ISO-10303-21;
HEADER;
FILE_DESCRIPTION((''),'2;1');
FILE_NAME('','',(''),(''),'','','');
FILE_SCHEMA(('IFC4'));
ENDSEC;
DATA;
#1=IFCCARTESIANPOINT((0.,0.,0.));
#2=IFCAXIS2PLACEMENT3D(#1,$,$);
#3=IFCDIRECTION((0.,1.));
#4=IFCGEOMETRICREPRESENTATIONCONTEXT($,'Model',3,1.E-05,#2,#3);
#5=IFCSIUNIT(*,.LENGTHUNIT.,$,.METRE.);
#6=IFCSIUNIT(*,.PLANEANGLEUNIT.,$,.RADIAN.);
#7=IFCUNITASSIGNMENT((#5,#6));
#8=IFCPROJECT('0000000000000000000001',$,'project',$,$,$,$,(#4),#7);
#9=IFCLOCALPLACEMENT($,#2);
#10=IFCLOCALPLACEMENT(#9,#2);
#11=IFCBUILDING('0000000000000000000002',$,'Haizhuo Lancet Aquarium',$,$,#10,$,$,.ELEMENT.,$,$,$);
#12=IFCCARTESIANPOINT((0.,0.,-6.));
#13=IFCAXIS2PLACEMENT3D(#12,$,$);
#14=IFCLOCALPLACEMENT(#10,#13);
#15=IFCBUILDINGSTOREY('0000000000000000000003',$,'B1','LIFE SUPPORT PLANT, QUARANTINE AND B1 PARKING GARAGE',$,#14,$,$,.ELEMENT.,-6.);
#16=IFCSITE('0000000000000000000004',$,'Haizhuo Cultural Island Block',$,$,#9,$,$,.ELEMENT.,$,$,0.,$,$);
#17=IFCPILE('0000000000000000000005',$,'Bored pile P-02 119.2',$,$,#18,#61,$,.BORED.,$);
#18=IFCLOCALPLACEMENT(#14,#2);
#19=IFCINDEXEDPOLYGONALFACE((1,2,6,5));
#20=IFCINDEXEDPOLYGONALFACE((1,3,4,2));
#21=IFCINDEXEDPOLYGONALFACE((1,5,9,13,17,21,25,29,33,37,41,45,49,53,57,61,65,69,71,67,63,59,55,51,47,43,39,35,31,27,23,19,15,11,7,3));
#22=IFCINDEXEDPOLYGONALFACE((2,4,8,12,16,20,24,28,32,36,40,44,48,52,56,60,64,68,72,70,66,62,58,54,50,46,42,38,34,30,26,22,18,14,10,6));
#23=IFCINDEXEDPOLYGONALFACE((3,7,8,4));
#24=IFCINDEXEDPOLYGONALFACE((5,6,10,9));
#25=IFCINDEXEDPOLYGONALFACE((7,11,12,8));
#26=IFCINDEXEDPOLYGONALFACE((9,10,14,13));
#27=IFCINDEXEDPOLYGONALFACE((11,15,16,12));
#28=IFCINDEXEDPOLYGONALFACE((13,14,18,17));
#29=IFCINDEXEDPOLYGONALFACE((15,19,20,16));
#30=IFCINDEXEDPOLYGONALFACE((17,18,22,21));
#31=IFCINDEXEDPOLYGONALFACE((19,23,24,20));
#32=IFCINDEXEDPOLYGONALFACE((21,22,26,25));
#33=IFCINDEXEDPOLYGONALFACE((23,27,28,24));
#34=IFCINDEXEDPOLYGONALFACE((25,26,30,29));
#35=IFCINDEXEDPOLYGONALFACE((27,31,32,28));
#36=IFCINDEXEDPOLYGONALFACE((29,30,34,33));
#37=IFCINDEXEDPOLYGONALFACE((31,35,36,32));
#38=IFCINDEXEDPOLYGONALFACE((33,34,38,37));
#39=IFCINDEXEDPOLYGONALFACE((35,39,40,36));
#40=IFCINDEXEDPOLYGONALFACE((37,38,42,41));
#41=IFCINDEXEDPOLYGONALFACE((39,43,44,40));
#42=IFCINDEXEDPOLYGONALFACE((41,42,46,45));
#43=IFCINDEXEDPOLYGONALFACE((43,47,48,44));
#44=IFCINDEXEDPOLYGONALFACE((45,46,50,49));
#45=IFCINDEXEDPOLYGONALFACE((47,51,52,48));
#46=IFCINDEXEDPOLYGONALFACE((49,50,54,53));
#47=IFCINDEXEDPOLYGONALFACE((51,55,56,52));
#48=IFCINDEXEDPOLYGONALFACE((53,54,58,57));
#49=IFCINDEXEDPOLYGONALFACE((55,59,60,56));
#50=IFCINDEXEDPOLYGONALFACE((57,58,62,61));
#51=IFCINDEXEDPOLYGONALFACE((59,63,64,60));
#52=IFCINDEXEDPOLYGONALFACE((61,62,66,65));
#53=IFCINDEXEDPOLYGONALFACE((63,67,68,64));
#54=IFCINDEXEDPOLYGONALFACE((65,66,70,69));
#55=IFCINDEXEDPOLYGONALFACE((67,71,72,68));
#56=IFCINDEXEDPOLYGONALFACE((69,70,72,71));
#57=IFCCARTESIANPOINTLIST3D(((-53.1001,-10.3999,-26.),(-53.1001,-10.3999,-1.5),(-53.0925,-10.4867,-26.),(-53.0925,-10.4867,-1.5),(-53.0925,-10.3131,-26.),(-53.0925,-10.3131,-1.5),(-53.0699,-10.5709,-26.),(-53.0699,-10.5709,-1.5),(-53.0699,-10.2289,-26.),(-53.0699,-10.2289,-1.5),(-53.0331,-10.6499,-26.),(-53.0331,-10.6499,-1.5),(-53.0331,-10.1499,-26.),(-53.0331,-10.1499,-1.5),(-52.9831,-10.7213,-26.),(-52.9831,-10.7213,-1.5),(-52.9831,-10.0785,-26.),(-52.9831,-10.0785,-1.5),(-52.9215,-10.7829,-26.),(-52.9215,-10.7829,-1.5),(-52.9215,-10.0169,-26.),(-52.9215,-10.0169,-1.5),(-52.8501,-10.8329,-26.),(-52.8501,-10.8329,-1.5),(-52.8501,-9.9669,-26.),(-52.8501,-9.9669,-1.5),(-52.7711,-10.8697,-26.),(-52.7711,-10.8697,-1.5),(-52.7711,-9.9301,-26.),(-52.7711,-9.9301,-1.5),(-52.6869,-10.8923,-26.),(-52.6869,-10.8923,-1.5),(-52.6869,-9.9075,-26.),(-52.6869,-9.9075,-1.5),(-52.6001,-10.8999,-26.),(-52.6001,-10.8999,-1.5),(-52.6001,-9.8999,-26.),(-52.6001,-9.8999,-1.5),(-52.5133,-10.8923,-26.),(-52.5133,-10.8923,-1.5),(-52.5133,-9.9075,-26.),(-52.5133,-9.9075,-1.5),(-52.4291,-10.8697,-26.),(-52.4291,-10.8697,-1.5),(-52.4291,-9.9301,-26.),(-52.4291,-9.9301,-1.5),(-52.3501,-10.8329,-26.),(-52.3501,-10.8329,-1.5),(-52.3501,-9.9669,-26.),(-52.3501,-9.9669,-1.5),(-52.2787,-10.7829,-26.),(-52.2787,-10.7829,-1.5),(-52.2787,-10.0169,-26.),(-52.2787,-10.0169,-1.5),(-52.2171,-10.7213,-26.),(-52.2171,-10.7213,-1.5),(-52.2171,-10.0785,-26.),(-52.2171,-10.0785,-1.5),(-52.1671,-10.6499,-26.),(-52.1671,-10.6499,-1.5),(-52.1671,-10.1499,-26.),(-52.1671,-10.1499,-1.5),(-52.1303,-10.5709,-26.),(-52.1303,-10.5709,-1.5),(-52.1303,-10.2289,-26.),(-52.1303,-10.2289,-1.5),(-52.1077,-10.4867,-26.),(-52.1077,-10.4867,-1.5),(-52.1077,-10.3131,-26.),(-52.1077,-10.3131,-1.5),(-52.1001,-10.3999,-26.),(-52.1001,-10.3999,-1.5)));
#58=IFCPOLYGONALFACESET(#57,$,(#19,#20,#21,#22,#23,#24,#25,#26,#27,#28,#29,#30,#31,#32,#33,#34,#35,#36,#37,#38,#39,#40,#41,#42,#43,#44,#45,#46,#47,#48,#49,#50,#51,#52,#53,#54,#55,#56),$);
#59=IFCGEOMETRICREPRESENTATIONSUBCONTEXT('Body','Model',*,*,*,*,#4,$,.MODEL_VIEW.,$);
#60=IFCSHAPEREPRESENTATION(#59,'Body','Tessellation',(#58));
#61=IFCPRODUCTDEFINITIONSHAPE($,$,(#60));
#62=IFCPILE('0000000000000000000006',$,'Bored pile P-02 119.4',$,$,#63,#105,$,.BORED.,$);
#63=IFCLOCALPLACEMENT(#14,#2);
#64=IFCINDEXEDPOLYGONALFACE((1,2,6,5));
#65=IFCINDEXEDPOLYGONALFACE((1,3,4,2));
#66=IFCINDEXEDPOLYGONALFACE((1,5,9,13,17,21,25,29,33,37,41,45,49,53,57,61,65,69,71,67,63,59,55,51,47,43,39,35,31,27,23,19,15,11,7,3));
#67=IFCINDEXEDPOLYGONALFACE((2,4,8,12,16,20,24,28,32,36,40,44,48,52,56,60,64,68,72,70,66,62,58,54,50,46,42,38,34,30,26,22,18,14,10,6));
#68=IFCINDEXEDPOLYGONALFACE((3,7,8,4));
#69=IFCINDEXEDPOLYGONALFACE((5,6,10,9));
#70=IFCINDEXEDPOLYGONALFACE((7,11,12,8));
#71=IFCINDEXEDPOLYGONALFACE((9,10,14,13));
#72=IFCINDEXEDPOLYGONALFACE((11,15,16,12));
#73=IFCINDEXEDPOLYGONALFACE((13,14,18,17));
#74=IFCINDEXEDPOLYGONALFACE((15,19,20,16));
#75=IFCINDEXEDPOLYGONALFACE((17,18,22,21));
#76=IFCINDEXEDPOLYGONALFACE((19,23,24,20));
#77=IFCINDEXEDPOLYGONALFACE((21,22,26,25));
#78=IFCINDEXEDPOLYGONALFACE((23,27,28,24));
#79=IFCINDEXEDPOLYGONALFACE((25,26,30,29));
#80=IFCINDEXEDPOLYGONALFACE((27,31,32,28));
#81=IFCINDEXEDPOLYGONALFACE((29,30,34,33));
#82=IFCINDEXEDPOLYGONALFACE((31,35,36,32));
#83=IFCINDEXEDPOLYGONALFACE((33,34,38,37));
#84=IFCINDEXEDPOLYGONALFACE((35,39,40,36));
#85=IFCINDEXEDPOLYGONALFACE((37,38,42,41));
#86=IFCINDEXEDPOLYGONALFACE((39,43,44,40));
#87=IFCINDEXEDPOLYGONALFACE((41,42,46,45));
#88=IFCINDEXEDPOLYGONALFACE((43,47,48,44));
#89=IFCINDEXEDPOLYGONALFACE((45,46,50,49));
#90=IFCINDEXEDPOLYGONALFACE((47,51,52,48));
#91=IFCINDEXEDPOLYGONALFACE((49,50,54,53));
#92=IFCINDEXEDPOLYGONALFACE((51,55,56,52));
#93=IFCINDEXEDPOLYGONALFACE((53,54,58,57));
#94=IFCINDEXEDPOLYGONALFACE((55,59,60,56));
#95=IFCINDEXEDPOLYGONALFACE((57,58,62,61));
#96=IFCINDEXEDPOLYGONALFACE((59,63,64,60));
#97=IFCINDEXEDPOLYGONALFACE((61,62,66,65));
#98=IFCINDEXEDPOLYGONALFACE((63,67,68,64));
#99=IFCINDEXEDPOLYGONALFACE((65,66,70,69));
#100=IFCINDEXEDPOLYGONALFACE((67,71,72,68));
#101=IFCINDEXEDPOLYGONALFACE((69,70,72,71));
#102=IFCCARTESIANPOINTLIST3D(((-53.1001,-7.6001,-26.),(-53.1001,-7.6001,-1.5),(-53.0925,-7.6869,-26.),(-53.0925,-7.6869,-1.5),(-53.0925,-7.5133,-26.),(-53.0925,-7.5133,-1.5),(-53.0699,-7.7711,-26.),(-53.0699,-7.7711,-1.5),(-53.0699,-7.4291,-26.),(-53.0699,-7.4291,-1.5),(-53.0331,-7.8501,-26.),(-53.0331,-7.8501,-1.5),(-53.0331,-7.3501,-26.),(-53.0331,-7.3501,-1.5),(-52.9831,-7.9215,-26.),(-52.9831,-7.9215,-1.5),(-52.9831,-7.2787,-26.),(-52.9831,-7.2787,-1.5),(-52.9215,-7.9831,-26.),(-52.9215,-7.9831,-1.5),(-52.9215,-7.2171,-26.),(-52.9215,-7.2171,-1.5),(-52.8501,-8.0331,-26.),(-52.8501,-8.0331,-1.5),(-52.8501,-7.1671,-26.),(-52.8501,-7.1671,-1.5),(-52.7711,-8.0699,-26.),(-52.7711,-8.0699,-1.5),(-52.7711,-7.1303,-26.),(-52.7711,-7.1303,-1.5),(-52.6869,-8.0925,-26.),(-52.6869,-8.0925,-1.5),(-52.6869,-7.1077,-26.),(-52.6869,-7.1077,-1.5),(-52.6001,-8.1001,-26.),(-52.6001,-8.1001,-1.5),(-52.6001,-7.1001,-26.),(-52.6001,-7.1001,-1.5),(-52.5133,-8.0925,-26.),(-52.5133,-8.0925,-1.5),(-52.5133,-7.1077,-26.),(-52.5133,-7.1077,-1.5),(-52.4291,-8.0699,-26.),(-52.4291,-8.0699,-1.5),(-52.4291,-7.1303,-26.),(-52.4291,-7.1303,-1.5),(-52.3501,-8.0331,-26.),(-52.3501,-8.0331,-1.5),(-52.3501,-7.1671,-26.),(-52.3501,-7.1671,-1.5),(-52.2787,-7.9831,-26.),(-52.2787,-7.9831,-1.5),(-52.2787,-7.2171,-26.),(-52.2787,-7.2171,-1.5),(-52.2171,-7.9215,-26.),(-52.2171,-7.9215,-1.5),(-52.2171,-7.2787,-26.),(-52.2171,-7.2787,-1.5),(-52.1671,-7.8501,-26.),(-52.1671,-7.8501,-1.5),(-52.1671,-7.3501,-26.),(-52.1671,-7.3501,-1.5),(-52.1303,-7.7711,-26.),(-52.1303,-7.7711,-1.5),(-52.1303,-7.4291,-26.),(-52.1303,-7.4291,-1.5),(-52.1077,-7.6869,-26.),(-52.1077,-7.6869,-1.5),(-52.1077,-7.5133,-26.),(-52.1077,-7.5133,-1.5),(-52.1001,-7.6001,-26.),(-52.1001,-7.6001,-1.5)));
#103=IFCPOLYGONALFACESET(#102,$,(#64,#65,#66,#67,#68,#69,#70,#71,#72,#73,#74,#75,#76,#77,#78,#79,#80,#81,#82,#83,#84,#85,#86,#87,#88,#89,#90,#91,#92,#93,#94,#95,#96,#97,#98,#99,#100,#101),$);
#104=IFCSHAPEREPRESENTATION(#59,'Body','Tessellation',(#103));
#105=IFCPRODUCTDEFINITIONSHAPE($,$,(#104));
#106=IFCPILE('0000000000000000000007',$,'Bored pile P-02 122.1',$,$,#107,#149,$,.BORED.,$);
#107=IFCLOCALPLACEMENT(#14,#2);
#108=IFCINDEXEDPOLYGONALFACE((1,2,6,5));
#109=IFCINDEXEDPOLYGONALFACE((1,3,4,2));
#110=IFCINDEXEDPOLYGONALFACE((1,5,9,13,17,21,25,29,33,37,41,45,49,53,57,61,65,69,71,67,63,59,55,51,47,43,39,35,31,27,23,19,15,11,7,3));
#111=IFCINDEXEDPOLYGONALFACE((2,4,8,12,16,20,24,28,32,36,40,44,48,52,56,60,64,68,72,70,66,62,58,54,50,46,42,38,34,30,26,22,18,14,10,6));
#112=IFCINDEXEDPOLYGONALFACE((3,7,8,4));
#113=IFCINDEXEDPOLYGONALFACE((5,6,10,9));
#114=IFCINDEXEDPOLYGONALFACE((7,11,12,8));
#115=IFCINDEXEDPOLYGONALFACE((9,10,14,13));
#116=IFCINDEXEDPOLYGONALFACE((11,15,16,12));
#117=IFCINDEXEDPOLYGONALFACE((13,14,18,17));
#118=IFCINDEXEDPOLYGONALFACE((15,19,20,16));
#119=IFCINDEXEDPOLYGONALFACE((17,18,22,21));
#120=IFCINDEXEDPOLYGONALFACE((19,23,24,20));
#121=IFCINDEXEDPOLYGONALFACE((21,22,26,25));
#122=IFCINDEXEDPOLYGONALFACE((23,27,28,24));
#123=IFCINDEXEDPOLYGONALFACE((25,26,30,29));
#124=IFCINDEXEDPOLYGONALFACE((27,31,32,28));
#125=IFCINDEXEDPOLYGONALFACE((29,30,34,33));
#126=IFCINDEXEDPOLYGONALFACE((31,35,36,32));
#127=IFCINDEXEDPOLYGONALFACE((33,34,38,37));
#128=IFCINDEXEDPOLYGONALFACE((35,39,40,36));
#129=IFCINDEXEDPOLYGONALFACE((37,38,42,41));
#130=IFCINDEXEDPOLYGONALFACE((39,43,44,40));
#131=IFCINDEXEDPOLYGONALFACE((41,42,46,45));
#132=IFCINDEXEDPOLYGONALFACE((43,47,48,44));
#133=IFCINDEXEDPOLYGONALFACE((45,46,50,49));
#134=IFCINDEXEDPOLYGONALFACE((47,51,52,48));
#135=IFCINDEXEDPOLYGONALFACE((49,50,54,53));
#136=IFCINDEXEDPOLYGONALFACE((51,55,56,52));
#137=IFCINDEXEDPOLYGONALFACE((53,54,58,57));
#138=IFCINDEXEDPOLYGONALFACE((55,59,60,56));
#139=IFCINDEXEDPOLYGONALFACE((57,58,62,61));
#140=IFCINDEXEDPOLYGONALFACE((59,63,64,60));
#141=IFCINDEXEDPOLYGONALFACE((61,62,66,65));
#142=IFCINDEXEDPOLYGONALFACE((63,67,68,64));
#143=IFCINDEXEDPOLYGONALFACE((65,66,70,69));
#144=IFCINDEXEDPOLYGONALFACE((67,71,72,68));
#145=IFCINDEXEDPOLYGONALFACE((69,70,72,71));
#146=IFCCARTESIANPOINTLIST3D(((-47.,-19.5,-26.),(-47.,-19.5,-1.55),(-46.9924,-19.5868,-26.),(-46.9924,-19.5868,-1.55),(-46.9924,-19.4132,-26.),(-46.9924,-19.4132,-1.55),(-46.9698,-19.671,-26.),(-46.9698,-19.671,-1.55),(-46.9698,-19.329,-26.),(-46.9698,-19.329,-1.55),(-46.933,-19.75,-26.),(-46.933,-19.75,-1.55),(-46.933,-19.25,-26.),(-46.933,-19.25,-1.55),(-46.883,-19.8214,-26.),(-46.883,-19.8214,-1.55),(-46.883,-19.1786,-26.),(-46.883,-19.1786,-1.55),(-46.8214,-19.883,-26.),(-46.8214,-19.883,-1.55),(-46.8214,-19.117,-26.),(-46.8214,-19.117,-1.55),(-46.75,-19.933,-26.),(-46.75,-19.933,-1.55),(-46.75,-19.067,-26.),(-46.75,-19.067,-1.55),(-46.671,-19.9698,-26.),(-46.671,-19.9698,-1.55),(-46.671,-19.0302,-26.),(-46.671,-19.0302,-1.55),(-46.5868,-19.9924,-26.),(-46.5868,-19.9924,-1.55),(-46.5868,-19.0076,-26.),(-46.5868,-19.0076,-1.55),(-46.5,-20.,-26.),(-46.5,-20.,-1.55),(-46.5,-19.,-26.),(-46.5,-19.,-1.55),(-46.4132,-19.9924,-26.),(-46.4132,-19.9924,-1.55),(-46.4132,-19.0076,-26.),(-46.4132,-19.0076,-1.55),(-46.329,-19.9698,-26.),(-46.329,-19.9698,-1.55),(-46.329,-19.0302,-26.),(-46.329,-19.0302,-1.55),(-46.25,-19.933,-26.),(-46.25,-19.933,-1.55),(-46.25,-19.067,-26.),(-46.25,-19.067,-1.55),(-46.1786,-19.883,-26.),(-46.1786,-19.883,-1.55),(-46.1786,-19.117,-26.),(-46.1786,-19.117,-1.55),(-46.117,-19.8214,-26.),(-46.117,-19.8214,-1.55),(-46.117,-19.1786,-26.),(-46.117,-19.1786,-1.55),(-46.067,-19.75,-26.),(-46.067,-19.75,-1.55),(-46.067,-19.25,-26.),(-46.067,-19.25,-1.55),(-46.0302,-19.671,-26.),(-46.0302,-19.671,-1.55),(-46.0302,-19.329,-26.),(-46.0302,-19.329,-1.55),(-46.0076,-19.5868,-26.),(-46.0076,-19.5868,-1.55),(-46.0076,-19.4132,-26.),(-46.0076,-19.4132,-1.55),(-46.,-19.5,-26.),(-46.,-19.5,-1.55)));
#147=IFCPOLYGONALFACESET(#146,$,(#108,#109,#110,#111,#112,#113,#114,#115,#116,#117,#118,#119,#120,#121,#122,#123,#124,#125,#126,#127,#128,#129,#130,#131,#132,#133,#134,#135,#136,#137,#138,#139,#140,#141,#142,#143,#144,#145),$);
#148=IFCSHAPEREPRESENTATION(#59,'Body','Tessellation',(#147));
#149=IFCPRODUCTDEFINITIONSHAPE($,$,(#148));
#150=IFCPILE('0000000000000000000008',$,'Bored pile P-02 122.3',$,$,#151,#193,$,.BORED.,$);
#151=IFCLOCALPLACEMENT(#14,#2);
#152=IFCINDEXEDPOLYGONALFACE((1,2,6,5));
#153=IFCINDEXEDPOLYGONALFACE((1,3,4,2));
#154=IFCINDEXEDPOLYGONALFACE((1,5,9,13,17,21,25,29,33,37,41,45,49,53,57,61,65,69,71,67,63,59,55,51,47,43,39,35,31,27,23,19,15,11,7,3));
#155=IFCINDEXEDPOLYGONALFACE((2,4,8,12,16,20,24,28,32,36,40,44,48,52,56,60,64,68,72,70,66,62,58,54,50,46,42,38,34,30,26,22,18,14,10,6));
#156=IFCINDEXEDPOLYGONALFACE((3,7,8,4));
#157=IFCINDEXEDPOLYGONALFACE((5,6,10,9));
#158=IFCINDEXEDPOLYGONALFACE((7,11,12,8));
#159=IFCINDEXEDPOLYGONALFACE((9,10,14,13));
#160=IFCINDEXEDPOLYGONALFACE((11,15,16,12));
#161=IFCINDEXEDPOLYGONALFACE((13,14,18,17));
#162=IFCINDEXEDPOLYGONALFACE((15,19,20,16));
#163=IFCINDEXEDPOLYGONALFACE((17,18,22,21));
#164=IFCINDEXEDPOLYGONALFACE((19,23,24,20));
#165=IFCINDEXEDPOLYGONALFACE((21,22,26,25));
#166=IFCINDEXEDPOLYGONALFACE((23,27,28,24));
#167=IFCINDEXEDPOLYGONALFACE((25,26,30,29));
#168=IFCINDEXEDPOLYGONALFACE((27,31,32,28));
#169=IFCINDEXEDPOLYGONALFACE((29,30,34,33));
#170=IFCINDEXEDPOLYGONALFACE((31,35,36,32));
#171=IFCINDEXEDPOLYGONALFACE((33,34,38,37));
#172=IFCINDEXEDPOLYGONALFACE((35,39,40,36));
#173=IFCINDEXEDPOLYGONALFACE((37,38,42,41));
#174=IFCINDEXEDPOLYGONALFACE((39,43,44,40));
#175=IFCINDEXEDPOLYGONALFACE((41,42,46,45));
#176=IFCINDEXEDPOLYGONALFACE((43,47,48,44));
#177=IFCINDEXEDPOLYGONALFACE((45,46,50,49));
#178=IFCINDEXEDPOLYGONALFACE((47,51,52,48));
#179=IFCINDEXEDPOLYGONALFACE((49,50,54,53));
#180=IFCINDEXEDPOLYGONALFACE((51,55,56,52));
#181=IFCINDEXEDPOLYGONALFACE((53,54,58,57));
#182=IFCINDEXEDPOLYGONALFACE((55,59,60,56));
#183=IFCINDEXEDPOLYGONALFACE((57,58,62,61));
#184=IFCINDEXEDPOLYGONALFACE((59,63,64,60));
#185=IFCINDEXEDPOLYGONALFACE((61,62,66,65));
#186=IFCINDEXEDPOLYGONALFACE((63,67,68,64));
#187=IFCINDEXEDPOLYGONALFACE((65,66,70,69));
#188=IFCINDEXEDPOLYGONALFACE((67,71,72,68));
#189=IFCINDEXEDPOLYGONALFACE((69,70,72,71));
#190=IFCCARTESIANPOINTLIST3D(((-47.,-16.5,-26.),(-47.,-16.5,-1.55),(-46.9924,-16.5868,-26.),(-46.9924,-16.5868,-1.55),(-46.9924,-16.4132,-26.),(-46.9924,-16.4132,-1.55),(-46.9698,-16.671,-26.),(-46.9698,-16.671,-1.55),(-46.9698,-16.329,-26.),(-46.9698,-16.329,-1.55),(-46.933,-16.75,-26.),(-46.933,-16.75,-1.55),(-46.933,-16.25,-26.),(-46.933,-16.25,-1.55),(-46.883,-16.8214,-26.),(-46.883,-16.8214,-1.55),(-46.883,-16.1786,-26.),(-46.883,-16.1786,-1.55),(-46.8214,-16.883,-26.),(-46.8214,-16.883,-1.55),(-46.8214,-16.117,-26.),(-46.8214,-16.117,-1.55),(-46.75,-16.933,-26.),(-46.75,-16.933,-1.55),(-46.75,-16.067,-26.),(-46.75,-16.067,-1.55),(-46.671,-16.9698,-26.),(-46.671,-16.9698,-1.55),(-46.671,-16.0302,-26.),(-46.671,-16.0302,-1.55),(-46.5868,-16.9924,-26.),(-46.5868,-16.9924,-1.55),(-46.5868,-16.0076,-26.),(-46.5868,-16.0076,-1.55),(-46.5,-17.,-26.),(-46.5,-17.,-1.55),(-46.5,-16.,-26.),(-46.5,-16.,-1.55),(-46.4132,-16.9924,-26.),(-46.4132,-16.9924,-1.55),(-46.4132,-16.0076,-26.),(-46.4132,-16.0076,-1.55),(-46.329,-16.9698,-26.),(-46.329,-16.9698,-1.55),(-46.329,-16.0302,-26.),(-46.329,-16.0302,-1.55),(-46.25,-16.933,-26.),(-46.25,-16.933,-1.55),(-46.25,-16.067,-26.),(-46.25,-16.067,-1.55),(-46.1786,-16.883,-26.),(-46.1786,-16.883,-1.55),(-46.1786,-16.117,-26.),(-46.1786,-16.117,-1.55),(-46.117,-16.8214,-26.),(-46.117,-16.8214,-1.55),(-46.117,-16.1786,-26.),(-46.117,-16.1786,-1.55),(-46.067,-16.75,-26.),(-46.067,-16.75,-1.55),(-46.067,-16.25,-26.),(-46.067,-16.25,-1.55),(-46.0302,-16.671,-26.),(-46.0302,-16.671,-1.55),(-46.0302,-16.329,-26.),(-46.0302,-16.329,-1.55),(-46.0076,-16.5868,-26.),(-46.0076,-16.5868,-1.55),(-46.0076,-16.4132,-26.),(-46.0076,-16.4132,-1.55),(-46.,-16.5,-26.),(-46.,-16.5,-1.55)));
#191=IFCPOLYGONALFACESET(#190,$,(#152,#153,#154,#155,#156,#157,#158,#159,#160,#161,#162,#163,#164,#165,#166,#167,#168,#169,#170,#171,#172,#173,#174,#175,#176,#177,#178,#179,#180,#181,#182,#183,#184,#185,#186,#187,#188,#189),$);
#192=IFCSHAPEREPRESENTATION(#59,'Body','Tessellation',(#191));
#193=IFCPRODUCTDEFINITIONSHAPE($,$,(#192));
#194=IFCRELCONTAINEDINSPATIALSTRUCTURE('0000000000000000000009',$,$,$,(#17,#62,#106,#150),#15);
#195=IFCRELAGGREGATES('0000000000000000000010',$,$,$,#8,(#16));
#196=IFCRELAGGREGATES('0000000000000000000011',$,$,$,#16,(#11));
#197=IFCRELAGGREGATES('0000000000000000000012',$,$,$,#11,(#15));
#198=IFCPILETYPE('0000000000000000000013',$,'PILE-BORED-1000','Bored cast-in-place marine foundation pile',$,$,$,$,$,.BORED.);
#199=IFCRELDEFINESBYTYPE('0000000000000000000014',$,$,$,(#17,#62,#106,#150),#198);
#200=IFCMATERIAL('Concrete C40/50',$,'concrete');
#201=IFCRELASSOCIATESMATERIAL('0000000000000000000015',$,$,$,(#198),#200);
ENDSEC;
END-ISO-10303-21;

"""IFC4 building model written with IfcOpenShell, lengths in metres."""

from ifc_helpers import new_model, si_unit, direction, frame, origin, origin_2d, place, context, subcontext, project, spatial, circle, extrude, material, material_profile, profile_set, type_object, element, save


model = new_model("IFC4")

# Units and contexts
model_context = context("Model", 3, precision=1e-05, world=origin(), true_north=direction((0.0, 1.0)))
body_context = subcontext(model_context, "Body", "Model", "MODEL_VIEW")
ifc_project = project(units=[si_unit("LENGTHUNIT", "METRE"), si_unit("PLANEANGLEUNIT", "RADIAN")], contexts=[model_context])

# Site, building, storey
site_placement = place(None, origin())
site = spatial("IfcSite", under=ifc_project, at=site_placement, Name="Haizhuo Cultural Island Block", CompositionType="ELEMENT", RefElevation=0.0)
building_placement = place(site_placement, origin())
building = spatial("IfcBuilding", under=site, at=building_placement, Name="Haizhuo Lancet Aquarium", CompositionType="ELEMENT")
storey_placement = place(building_placement, frame((0.0, 0.0, -6.0)))
storey = spatial("IfcBuildingStorey", under=building, at=storey_placement, Name="B1", Description="LIFE SUPPORT PLANT, QUARANTINE AND B1 PARKING GARAGE", CompositionType="ELEMENT", Elevation=-6.0)

# Shared definitions
ifc_material_1 = material(Name="Concrete C40/50", Category="concrete")

# Piles
ifc_material_profile_1 = material_profile(ifc_material_1, circle(Radius=0.5, at=origin_2d()), Name="PILE-1000")
ifc_profile_set_1 = profile_set([ifc_material_profile_1], Name="Concrete C40/50")
pile_type = type_object("IfcPileType", Name="PILE-BORED-1000", Description="Bored cast-in-place marine foundation pile", PredefinedType="BORED", material=ifc_profile_set_1)
for number, where, z_axis, x_axis, name in (
    (1, (-52.6001, -10.3999, -1.5), (0.0, 0.0, -1.0), (1.0, 0.0, 0.0), "Bored pile P-02 119.2"),
    (2, (-52.6001, -7.6001, -1.5), (0.0, 0.0, -1.0), (1.0, 0.0, 0.0), "Bored pile P-02 119.4"),
):
    element("IfcPile", number, at=place(storey_placement, frame(where, z_axis=z_axis, x_axis=x_axis)), inside=storey, type_object=pile_type, Name=name, PredefinedType="BORED", context=body_context, shape_type="SweptSolid", body=[
        extrude(circle(Radius=0.5, at=origin_2d()), origin(), (0.0, 0.0, 1.0), 24.5),
    ])
for number, where, z_axis, x_axis, name in (
    (3, (-46.5, -19.5, -1.55), (0.0, 0.0, -1.0), (1.0, 0.0, 0.0), "Bored pile P-02 122.1"),
    (4, (-46.5, -16.5, -1.55), (0.0, 0.0, -1.0), (1.0, 0.0, 0.0), "Bored pile P-02 122.3"),
):
    element("IfcPile", number, at=place(storey_placement, frame(where, z_axis=z_axis, x_axis=x_axis)), inside=storey, type_object=pile_type, Name=name, PredefinedType="BORED", context=body_context, shape_type="SweptSolid", body=[
        extrude(circle(Radius=0.5, at=origin_2d()), origin(), (0.0, 0.0, 1.0), 24.45),
    ])

save(model, "model.ifc")
